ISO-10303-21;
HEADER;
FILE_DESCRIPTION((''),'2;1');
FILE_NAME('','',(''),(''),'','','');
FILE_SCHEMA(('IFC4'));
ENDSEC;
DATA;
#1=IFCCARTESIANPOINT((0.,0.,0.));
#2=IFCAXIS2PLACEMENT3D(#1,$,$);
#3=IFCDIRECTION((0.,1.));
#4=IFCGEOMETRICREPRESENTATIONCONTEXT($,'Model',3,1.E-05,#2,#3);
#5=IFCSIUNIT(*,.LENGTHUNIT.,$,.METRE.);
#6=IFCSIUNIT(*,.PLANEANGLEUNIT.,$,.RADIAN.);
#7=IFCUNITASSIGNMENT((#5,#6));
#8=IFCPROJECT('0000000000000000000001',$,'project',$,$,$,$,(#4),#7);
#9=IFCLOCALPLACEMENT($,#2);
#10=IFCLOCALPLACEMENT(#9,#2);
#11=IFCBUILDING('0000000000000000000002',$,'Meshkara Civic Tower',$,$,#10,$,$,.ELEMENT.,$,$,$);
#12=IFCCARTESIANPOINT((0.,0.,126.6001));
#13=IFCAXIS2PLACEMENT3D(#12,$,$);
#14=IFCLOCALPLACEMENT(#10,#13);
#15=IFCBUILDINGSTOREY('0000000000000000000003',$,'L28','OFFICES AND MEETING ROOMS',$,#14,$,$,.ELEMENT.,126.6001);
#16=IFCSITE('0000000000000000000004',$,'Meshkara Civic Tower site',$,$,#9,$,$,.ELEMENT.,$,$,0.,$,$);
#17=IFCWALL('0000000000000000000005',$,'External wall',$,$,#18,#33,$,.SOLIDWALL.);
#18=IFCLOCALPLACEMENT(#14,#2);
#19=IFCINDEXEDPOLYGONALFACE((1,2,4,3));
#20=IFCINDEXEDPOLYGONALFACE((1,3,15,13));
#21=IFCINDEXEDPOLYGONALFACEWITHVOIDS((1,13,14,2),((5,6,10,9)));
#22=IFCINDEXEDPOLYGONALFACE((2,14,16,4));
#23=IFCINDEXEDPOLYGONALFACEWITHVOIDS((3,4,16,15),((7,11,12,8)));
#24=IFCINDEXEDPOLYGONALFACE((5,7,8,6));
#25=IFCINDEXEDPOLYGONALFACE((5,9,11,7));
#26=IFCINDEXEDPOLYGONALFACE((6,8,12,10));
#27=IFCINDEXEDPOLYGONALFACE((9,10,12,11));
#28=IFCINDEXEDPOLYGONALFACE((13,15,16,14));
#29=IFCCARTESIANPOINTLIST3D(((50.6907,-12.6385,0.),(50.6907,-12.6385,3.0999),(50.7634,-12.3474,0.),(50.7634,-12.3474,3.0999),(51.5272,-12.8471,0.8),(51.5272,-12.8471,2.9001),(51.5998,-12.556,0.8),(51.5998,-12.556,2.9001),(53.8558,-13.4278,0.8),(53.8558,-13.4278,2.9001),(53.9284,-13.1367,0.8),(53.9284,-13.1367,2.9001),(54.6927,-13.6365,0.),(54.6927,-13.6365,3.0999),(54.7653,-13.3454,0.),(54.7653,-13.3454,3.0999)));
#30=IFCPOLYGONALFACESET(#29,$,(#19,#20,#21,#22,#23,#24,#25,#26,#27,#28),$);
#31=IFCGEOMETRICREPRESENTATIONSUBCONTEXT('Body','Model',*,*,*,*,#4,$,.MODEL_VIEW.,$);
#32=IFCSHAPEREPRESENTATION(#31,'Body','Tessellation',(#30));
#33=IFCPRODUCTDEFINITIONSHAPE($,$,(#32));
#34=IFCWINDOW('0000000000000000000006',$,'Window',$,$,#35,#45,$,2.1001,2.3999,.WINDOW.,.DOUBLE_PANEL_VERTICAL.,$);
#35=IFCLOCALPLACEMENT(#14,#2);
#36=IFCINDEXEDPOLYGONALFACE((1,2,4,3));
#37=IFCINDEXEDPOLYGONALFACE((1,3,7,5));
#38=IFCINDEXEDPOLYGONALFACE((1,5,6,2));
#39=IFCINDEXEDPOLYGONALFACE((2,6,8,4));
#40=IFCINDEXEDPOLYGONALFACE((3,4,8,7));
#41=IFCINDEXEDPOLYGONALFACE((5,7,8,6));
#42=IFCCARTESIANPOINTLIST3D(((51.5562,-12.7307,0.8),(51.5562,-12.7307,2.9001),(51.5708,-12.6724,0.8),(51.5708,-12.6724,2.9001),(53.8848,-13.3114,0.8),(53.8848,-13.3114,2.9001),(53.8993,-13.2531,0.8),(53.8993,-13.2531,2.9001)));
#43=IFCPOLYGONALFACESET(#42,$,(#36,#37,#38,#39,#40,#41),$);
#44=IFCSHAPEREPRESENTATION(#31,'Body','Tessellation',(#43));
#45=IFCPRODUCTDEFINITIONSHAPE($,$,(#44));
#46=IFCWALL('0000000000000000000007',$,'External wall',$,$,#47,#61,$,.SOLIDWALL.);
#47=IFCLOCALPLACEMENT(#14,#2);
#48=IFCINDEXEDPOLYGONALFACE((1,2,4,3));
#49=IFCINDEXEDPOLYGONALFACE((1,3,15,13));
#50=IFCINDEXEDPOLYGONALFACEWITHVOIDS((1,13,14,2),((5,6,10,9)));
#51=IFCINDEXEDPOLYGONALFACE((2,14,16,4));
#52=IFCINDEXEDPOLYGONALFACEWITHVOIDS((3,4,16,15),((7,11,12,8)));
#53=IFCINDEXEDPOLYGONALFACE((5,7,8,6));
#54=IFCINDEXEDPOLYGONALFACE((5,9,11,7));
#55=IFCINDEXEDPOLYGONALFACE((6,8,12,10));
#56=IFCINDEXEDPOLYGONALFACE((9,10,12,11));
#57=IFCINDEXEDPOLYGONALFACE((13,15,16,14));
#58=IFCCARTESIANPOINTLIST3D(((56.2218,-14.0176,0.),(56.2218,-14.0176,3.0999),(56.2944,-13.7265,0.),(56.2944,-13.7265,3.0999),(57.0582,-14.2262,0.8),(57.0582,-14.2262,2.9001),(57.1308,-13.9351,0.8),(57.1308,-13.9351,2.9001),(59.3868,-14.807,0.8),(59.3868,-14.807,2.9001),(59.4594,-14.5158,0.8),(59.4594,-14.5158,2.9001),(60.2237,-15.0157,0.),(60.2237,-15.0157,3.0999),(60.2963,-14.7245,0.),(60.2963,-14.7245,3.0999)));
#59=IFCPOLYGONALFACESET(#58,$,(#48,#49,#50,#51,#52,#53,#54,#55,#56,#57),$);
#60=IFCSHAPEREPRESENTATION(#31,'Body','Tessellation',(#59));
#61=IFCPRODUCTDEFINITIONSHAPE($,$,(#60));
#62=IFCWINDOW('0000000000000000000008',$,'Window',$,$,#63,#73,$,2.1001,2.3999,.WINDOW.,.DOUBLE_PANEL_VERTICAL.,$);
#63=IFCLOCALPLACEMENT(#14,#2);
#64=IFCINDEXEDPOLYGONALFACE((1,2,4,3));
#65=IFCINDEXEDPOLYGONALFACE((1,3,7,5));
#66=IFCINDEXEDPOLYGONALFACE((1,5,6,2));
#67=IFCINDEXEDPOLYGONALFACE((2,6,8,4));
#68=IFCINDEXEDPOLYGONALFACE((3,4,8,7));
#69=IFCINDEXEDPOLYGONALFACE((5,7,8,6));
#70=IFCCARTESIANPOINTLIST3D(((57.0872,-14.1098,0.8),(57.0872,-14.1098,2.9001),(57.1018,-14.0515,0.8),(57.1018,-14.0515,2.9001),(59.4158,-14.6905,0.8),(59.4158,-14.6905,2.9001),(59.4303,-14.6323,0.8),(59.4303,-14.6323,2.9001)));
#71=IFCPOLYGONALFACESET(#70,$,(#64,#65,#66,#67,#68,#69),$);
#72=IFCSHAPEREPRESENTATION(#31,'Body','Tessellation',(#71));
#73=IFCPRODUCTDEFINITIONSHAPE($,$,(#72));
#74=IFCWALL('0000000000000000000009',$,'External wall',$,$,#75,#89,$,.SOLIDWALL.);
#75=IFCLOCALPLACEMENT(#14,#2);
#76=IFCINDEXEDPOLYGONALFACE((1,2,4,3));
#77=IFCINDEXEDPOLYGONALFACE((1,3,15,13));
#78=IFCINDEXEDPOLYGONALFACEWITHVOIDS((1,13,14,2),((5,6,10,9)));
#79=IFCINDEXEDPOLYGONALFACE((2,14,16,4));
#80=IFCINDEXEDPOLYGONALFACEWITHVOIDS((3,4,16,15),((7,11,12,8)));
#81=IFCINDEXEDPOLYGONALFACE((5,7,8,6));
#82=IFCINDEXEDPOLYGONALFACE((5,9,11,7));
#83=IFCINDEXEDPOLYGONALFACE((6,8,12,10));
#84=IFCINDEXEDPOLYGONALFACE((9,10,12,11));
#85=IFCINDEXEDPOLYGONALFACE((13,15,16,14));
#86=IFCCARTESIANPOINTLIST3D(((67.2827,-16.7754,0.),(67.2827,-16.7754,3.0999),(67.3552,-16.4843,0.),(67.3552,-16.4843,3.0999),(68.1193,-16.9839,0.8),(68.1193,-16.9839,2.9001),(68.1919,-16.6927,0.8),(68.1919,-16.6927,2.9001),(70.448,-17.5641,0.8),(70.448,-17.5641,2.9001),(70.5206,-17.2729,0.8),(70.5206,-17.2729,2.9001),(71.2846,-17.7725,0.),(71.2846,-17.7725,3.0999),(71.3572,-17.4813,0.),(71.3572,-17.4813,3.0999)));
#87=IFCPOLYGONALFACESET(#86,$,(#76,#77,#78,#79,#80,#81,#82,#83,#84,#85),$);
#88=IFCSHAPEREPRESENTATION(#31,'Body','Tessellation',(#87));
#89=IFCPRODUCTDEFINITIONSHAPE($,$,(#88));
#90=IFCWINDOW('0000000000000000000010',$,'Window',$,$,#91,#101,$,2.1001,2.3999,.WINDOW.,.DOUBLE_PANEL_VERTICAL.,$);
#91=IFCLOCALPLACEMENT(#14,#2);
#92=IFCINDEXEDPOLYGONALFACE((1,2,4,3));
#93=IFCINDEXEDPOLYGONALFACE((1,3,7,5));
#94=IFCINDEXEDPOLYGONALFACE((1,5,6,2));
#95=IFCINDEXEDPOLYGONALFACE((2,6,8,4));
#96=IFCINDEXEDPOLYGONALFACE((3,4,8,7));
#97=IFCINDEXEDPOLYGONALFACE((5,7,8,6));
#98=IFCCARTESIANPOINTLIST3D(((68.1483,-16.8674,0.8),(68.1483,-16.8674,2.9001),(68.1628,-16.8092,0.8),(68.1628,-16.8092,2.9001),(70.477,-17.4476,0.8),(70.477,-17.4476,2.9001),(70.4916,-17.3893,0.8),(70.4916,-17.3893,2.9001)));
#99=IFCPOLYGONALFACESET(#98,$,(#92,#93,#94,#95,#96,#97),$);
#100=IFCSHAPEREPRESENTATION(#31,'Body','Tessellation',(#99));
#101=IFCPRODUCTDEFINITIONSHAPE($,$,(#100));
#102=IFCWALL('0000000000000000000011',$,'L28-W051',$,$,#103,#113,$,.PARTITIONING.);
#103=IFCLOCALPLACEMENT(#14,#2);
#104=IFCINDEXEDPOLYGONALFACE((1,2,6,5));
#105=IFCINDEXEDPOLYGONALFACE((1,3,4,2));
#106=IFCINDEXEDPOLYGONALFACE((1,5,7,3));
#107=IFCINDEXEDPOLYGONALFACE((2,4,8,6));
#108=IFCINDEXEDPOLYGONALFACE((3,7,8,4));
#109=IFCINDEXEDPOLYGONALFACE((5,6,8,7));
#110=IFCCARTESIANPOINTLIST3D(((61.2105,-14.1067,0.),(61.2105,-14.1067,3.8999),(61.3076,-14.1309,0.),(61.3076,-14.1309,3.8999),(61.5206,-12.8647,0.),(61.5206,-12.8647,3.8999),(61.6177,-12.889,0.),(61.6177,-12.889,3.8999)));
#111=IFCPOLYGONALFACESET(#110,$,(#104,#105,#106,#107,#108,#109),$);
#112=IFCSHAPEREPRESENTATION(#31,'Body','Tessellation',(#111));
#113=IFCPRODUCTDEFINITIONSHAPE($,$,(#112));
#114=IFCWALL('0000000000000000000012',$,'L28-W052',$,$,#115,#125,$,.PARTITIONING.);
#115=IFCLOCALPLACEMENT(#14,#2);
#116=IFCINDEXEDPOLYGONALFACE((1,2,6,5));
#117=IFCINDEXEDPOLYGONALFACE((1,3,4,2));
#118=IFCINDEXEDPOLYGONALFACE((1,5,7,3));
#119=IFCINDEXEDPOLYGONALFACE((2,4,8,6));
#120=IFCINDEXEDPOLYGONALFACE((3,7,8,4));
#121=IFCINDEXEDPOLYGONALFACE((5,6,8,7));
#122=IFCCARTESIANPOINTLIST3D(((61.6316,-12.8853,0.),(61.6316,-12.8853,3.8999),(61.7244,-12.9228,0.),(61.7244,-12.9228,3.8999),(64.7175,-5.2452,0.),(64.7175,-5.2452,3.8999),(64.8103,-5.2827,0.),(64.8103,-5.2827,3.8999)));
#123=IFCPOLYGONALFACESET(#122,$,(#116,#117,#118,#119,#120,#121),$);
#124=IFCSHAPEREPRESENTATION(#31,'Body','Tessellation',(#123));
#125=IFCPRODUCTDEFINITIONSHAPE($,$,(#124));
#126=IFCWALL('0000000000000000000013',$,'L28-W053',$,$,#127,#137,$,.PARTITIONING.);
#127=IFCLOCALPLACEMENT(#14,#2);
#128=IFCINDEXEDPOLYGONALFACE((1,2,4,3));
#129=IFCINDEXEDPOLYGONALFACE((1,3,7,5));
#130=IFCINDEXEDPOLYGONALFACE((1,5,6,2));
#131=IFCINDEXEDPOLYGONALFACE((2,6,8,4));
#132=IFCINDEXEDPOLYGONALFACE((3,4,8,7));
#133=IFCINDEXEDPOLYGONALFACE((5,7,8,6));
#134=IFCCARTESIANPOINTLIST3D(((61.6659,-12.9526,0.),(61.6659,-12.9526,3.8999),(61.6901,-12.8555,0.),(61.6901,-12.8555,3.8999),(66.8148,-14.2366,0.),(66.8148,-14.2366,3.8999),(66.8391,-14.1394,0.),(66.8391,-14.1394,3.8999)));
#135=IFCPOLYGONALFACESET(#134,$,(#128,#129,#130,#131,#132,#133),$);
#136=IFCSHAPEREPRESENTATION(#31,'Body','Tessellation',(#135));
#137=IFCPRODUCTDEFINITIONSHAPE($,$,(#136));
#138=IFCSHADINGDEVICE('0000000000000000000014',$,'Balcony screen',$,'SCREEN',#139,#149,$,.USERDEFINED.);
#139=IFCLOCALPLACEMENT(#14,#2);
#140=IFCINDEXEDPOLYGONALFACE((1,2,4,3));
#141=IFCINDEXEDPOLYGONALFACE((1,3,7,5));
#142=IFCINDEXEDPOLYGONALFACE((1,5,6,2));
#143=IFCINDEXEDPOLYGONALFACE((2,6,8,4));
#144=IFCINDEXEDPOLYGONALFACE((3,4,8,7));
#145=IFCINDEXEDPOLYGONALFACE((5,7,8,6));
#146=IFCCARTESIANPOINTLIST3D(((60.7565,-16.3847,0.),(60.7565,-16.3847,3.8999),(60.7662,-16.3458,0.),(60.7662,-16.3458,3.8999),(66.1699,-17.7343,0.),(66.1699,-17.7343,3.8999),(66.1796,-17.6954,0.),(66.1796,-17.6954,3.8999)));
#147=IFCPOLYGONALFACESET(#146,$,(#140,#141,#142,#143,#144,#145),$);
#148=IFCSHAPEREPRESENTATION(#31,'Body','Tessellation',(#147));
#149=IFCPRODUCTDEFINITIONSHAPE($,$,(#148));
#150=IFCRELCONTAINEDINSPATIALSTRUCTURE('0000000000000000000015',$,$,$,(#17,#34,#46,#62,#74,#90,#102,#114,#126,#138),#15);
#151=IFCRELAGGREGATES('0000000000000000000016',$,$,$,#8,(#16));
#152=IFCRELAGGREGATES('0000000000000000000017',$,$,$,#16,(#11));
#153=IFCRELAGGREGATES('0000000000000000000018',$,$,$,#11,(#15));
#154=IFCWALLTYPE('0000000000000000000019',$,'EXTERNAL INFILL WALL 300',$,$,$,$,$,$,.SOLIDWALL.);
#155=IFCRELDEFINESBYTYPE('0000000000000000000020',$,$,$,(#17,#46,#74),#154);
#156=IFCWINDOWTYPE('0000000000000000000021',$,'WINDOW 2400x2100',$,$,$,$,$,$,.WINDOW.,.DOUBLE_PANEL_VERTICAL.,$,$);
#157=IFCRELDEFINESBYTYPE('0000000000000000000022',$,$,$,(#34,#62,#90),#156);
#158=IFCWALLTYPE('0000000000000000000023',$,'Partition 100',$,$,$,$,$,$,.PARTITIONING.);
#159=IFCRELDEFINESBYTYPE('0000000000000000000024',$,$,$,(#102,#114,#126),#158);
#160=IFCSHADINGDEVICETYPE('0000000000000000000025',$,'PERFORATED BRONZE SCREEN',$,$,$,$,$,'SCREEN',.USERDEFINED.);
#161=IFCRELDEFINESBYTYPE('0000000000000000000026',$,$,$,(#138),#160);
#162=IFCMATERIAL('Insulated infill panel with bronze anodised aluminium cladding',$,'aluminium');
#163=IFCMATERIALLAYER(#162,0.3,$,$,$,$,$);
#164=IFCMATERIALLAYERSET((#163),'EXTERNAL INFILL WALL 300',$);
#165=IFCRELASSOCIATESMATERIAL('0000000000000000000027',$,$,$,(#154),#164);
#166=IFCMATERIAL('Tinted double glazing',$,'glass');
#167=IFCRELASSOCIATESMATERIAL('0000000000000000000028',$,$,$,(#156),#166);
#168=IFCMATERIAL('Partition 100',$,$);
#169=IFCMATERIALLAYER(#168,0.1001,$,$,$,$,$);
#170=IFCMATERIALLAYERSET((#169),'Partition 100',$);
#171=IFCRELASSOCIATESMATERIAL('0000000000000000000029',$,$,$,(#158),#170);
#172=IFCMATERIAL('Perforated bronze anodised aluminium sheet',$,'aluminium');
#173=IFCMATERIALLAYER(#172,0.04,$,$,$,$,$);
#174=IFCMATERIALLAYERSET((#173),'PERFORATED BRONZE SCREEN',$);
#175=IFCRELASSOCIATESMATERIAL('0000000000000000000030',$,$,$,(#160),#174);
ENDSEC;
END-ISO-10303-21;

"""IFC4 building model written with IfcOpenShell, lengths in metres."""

from ifc_helpers import new_model, si_unit, direction, frame, frame_2d, origin, origin_2d, place, context, subcontext, project, spatial, rectangle, extrude, material, layer, layer_set, type_object, element, fill, save


model = new_model("IFC4")

# Units and contexts
model_context = context("Model", 3, precision=1e-05, world=origin(), true_north=direction((0.0, 1.0)))
body_context = subcontext(model_context, "Body", "Model", "MODEL_VIEW")
ifc_project = project(units=[si_unit("LENGTHUNIT", "METRE"), si_unit("PLANEANGLEUNIT", "RADIAN")], contexts=[model_context])

# Site, building, storey
site_placement = place(None, origin())
site = spatial("IfcSite", under=ifc_project, at=site_placement, Name="Meshkara Civic Tower site", CompositionType="ELEMENT", RefElevation=0.0)
building_placement = place(site_placement, origin())
building = spatial("IfcBuilding", under=site, at=building_placement, Name="Meshkara Civic Tower", CompositionType="ELEMENT")
storey_placement = place(building_placement, frame((0.0, 0.0, 126.6001)))
storey = spatial("IfcBuildingStorey", under=building, at=storey_placement, Name="L28", Description="OFFICES AND MEETING ROOMS", CompositionType="ELEMENT", Elevation=126.6001)

# Walls, openings, windows
ifc_material_1 = material(Name="Insulated infill panel with bronze anodised aluminium cladding", Category="aluminium")
ifc_layer_1 = layer(ifc_material_1, 0.3)
ifc_layer_set_1 = layer_set([ifc_layer_1], Name="EXTERNAL INFILL WALL 300")
wall_type_1 = type_object("IfcWallType", Name="EXTERNAL INFILL WALL 300", PredefinedType="SOLIDWALL", material=ifc_layer_set_1)
wall_1_placement = place(storey_placement, frame((50.7271, -12.4929, 0.0), z_axis=(0.0, 0.0, 1.0), x_axis=(0.970282, -0.241978, 0.0)))
wall_1 = element("IfcWall", 1, at=wall_1_placement, inside=storey, type_object=wall_type_1, Name="External wall", PredefinedType="SOLIDWALL", context=body_context, shape_type="SweptSolid", body=[
    extrude(rectangle(XDim=4.1245, YDim=0.3, at=frame_2d((2.0623, 0.0))), origin(), (0.0, 0.0, 1.0), 3.0999),
])
opening_1_placement = place(wall_1_placement, frame((0.8621, 0.0, 0.8)))
opening_1 = element("IfcOpeningElement", 2, at=opening_1_placement, cuts=wall_1, PredefinedType="OPENING", context=body_context, shape_type="SweptSolid", body=[
    extrude(rectangle(XDim=2.3999, YDim=2.1001, at=frame_2d((1.2, 1.05))), frame((0.0, 0.1599, 0.0), z_axis=(0.0, -1.0, 0.0), x_axis=(1.0, 0.0, 0.0)), (0.0, 0.0, 1.0), 0.3201),
])
ifc_material_2 = material(Name="Tinted double glazing", Category="glass")
window_type = type_object("IfcWindowType", Name="WINDOW 2400x2100", PartitioningType="DOUBLE_PANEL_VERTICAL", PredefinedType="WINDOW", material=ifc_material_2)
window_1_placement = place(opening_1_placement, origin())
window_1 = element("IfcWindow", 3, at=window_1_placement, inside=storey, type_object=window_type, Name="Window", OverallHeight=2.1001, OverallWidth=2.3999, PartitioningType="DOUBLE_PANEL_VERTICAL", PredefinedType="WINDOW", context=body_context, shape_type="SweptSolid", body=[
    extrude(rectangle(XDim=2.3999, YDim=2.1001, at=frame_2d((1.2, 1.05))), frame((0.0, 0.03, 0.0), z_axis=(0.0, -1.0, 0.0), x_axis=(1.0, 0.0, 0.0)), (0.0, 0.0, 1.0), 0.0601),
])
fill(opening_1, window_1)
wall_2_placement = place(storey_placement, frame((56.2581, -13.8721, 0.0), z_axis=(0.0, 0.0, 1.0), x_axis=(0.970282, -0.241978, 0.0)))
wall_2 = element("IfcWall", 4, at=wall_2_placement, inside=storey, type_object=wall_type_1, Name="External wall", PredefinedType="SOLIDWALL", context=body_context, shape_type="SweptSolid", body=[
    extrude(rectangle(XDim=4.1245, YDim=0.3, at=frame_2d((2.0623, 0.0))), origin(), (0.0, 0.0, 1.0), 3.0999),
])
opening_2_placement = place(wall_2_placement, frame((0.8621, 0.0, 0.8)))
opening_2 = element("IfcOpeningElement", 5, at=opening_2_placement, cuts=wall_2, PredefinedType="OPENING", context=body_context, shape_type="SweptSolid", body=[
    extrude(rectangle(XDim=2.3999, YDim=2.1001, at=frame_2d((1.2, 1.05))), frame((0.0, 0.1599, 0.0), z_axis=(0.0, -1.0, 0.0), x_axis=(1.0, 0.0, 0.0)), (0.0, 0.0, 1.0), 0.3201),
])
window_2_placement = place(opening_2_placement, origin())
window_2 = element("IfcWindow", 6, at=window_2_placement, inside=storey, type_object=window_type, Name="Window", OverallHeight=2.1001, OverallWidth=2.3999, PartitioningType="DOUBLE_PANEL_VERTICAL", PredefinedType="WINDOW", context=body_context, shape_type="SweptSolid", body=[
    extrude(rectangle(XDim=2.3999, YDim=2.1001, at=frame_2d((1.2, 1.05))), frame((0.0, 0.03, 0.0), z_axis=(0.0, -1.0, 0.0), x_axis=(1.0, 0.0, 0.0)), (0.0, 0.0, 1.0), 0.0601),
])
fill(opening_2, window_2)
wall_3_placement = place(storey_placement, frame((67.3191, -16.6299, 0.0), z_axis=(0.0, 0.0, 1.0), x_axis=(0.970337, -0.241756, 0.0)))
wall_3 = element("IfcWall", 7, at=wall_3_placement, inside=storey, type_object=wall_type_1, Name="External wall", PredefinedType="SOLIDWALL", context=body_context, shape_type="SweptSolid", body=[
    extrude(rectangle(XDim=4.1243, YDim=0.3, at=frame_2d((2.062, 0.0))), origin(), (0.0, 0.0, 1.0), 3.0999),
])
opening_3_placement = place(wall_3_placement, frame((0.8621, 0.0, 0.8)))
opening_3 = element("IfcOpeningElement", 8, at=opening_3_placement, cuts=wall_3, PredefinedType="OPENING", context=body_context, shape_type="SweptSolid", body=[
    extrude(rectangle(XDim=2.3999, YDim=2.1001, at=frame_2d((1.2, 1.05))), frame((0.0, 0.1599, 0.0), z_axis=(0.0, -1.0, 0.0), x_axis=(1.0, 0.0, 0.0)), (0.0, 0.0, 1.0), 0.3201),
])
window_3_placement = place(opening_3_placement, origin())
window_3 = element("IfcWindow", 9, at=window_3_placement, inside=storey, type_object=window_type, Name="Window", OverallHeight=2.1001, OverallWidth=2.3999, PartitioningType="DOUBLE_PANEL_VERTICAL", PredefinedType="WINDOW", context=body_context, shape_type="SweptSolid", body=[
    extrude(rectangle(XDim=2.3999, YDim=2.1001, at=frame_2d((1.2, 1.05))), frame((0.0, 0.03, 0.0), z_axis=(0.0, -1.0, 0.0), x_axis=(1.0, 0.0, 0.0)), (0.0, 0.0, 1.0), 0.0601),
])
fill(opening_3, window_3)

# Walls
ifc_material_3 = material(Name="Partition 100")
ifc_layer_2 = layer(ifc_material_3, 0.1001)
ifc_layer_set_2 = layer_set([ifc_layer_2], Name="Partition 100")
wall_type_2 = type_object("IfcWallType", Name="Partition 100", PredefinedType="PARTITIONING", material=ifc_layer_set_2)
wall_4_placement = place(storey_placement, frame((61.259, -14.1189, 0.0), z_axis=(0.0, 0.0, 1.0), x_axis=(0.242221, 0.970221, 0.0)))
element("IfcWall", 10, at=wall_4_placement, inside=storey, type_object=wall_type_2, Name="L28-W051", PredefinedType="PARTITIONING", context=body_context, shape_type="SweptSolid", body=[
    extrude(rectangle(XDim=1.28, YDim=0.1001, at=frame_2d((0.6401, 0.0))), origin(), (0.0, 0.0, 1.0), 3.8999),
])
wall_5_placement = place(storey_placement, frame((61.678, -12.9041, 0.0), z_axis=(0.0, 0.0, 1.0), x_axis=(0.374515, 0.927221, 0.0)))
element("IfcWall", 11, at=wall_5_placement, inside=storey, type_object=wall_type_2, Name="L28-W052", PredefinedType="PARTITIONING", context=body_context, shape_type="SweptSolid", body=[
    extrude(rectangle(XDim=8.2397, YDim=0.1001, at=frame_2d((4.1199, 0.0))), origin(), (0.0, 0.0, 1.0), 3.8999),
])
wall_6_placement = place(storey_placement, frame((61.678, -12.9041, 0.0), z_axis=(0.0, 0.0, 1.0), x_axis=(0.970288, -0.241951, 0.0)))
element("IfcWall", 12, at=wall_6_placement, inside=storey, type_object=wall_type_2, Name="L28-W053", PredefinedType="PARTITIONING", context=body_context, shape_type="SweptSolid", body=[
    extrude(rectangle(XDim=5.3066, YDim=0.1001, at=frame_2d((2.6533, 0.0))), origin(), (0.0, 0.0, 1.0), 3.8999),
])

# Shading device
ifc_material_4 = material(Name="Perforated bronze anodised aluminium sheet", Category="aluminium")
ifc_layer_3 = layer(ifc_material_4, 0.04)
ifc_layer_set_3 = layer_set([ifc_layer_3], Name="PERFORATED BRONZE SCREEN")
shading_device_type = type_object("IfcShadingDeviceType", Name="PERFORATED BRONZE SCREEN", ElementType="SCREEN", PredefinedType="USERDEFINED", material=ifc_layer_set_3)
shading_device_placement = place(storey_placement, frame((63.468, -17.04, 0.0), z_axis=(0.0, 0.0, 1.0), x_axis=(0.9703, -0.241905, 0.0)))
element("IfcShadingDevice", 13, at=shading_device_placement, inside=storey, type_object=shading_device_type, Name="Balcony screen", ObjectType="SCREEN", PredefinedType="USERDEFINED", context=body_context, shape_type="SweptSolid", body=[
    extrude(rectangle(XDim=5.5791, YDim=0.04, at=origin_2d()), origin(), (0.0, 0.0, 1.0), 3.8999),
])

save(model, "model.ifc")
